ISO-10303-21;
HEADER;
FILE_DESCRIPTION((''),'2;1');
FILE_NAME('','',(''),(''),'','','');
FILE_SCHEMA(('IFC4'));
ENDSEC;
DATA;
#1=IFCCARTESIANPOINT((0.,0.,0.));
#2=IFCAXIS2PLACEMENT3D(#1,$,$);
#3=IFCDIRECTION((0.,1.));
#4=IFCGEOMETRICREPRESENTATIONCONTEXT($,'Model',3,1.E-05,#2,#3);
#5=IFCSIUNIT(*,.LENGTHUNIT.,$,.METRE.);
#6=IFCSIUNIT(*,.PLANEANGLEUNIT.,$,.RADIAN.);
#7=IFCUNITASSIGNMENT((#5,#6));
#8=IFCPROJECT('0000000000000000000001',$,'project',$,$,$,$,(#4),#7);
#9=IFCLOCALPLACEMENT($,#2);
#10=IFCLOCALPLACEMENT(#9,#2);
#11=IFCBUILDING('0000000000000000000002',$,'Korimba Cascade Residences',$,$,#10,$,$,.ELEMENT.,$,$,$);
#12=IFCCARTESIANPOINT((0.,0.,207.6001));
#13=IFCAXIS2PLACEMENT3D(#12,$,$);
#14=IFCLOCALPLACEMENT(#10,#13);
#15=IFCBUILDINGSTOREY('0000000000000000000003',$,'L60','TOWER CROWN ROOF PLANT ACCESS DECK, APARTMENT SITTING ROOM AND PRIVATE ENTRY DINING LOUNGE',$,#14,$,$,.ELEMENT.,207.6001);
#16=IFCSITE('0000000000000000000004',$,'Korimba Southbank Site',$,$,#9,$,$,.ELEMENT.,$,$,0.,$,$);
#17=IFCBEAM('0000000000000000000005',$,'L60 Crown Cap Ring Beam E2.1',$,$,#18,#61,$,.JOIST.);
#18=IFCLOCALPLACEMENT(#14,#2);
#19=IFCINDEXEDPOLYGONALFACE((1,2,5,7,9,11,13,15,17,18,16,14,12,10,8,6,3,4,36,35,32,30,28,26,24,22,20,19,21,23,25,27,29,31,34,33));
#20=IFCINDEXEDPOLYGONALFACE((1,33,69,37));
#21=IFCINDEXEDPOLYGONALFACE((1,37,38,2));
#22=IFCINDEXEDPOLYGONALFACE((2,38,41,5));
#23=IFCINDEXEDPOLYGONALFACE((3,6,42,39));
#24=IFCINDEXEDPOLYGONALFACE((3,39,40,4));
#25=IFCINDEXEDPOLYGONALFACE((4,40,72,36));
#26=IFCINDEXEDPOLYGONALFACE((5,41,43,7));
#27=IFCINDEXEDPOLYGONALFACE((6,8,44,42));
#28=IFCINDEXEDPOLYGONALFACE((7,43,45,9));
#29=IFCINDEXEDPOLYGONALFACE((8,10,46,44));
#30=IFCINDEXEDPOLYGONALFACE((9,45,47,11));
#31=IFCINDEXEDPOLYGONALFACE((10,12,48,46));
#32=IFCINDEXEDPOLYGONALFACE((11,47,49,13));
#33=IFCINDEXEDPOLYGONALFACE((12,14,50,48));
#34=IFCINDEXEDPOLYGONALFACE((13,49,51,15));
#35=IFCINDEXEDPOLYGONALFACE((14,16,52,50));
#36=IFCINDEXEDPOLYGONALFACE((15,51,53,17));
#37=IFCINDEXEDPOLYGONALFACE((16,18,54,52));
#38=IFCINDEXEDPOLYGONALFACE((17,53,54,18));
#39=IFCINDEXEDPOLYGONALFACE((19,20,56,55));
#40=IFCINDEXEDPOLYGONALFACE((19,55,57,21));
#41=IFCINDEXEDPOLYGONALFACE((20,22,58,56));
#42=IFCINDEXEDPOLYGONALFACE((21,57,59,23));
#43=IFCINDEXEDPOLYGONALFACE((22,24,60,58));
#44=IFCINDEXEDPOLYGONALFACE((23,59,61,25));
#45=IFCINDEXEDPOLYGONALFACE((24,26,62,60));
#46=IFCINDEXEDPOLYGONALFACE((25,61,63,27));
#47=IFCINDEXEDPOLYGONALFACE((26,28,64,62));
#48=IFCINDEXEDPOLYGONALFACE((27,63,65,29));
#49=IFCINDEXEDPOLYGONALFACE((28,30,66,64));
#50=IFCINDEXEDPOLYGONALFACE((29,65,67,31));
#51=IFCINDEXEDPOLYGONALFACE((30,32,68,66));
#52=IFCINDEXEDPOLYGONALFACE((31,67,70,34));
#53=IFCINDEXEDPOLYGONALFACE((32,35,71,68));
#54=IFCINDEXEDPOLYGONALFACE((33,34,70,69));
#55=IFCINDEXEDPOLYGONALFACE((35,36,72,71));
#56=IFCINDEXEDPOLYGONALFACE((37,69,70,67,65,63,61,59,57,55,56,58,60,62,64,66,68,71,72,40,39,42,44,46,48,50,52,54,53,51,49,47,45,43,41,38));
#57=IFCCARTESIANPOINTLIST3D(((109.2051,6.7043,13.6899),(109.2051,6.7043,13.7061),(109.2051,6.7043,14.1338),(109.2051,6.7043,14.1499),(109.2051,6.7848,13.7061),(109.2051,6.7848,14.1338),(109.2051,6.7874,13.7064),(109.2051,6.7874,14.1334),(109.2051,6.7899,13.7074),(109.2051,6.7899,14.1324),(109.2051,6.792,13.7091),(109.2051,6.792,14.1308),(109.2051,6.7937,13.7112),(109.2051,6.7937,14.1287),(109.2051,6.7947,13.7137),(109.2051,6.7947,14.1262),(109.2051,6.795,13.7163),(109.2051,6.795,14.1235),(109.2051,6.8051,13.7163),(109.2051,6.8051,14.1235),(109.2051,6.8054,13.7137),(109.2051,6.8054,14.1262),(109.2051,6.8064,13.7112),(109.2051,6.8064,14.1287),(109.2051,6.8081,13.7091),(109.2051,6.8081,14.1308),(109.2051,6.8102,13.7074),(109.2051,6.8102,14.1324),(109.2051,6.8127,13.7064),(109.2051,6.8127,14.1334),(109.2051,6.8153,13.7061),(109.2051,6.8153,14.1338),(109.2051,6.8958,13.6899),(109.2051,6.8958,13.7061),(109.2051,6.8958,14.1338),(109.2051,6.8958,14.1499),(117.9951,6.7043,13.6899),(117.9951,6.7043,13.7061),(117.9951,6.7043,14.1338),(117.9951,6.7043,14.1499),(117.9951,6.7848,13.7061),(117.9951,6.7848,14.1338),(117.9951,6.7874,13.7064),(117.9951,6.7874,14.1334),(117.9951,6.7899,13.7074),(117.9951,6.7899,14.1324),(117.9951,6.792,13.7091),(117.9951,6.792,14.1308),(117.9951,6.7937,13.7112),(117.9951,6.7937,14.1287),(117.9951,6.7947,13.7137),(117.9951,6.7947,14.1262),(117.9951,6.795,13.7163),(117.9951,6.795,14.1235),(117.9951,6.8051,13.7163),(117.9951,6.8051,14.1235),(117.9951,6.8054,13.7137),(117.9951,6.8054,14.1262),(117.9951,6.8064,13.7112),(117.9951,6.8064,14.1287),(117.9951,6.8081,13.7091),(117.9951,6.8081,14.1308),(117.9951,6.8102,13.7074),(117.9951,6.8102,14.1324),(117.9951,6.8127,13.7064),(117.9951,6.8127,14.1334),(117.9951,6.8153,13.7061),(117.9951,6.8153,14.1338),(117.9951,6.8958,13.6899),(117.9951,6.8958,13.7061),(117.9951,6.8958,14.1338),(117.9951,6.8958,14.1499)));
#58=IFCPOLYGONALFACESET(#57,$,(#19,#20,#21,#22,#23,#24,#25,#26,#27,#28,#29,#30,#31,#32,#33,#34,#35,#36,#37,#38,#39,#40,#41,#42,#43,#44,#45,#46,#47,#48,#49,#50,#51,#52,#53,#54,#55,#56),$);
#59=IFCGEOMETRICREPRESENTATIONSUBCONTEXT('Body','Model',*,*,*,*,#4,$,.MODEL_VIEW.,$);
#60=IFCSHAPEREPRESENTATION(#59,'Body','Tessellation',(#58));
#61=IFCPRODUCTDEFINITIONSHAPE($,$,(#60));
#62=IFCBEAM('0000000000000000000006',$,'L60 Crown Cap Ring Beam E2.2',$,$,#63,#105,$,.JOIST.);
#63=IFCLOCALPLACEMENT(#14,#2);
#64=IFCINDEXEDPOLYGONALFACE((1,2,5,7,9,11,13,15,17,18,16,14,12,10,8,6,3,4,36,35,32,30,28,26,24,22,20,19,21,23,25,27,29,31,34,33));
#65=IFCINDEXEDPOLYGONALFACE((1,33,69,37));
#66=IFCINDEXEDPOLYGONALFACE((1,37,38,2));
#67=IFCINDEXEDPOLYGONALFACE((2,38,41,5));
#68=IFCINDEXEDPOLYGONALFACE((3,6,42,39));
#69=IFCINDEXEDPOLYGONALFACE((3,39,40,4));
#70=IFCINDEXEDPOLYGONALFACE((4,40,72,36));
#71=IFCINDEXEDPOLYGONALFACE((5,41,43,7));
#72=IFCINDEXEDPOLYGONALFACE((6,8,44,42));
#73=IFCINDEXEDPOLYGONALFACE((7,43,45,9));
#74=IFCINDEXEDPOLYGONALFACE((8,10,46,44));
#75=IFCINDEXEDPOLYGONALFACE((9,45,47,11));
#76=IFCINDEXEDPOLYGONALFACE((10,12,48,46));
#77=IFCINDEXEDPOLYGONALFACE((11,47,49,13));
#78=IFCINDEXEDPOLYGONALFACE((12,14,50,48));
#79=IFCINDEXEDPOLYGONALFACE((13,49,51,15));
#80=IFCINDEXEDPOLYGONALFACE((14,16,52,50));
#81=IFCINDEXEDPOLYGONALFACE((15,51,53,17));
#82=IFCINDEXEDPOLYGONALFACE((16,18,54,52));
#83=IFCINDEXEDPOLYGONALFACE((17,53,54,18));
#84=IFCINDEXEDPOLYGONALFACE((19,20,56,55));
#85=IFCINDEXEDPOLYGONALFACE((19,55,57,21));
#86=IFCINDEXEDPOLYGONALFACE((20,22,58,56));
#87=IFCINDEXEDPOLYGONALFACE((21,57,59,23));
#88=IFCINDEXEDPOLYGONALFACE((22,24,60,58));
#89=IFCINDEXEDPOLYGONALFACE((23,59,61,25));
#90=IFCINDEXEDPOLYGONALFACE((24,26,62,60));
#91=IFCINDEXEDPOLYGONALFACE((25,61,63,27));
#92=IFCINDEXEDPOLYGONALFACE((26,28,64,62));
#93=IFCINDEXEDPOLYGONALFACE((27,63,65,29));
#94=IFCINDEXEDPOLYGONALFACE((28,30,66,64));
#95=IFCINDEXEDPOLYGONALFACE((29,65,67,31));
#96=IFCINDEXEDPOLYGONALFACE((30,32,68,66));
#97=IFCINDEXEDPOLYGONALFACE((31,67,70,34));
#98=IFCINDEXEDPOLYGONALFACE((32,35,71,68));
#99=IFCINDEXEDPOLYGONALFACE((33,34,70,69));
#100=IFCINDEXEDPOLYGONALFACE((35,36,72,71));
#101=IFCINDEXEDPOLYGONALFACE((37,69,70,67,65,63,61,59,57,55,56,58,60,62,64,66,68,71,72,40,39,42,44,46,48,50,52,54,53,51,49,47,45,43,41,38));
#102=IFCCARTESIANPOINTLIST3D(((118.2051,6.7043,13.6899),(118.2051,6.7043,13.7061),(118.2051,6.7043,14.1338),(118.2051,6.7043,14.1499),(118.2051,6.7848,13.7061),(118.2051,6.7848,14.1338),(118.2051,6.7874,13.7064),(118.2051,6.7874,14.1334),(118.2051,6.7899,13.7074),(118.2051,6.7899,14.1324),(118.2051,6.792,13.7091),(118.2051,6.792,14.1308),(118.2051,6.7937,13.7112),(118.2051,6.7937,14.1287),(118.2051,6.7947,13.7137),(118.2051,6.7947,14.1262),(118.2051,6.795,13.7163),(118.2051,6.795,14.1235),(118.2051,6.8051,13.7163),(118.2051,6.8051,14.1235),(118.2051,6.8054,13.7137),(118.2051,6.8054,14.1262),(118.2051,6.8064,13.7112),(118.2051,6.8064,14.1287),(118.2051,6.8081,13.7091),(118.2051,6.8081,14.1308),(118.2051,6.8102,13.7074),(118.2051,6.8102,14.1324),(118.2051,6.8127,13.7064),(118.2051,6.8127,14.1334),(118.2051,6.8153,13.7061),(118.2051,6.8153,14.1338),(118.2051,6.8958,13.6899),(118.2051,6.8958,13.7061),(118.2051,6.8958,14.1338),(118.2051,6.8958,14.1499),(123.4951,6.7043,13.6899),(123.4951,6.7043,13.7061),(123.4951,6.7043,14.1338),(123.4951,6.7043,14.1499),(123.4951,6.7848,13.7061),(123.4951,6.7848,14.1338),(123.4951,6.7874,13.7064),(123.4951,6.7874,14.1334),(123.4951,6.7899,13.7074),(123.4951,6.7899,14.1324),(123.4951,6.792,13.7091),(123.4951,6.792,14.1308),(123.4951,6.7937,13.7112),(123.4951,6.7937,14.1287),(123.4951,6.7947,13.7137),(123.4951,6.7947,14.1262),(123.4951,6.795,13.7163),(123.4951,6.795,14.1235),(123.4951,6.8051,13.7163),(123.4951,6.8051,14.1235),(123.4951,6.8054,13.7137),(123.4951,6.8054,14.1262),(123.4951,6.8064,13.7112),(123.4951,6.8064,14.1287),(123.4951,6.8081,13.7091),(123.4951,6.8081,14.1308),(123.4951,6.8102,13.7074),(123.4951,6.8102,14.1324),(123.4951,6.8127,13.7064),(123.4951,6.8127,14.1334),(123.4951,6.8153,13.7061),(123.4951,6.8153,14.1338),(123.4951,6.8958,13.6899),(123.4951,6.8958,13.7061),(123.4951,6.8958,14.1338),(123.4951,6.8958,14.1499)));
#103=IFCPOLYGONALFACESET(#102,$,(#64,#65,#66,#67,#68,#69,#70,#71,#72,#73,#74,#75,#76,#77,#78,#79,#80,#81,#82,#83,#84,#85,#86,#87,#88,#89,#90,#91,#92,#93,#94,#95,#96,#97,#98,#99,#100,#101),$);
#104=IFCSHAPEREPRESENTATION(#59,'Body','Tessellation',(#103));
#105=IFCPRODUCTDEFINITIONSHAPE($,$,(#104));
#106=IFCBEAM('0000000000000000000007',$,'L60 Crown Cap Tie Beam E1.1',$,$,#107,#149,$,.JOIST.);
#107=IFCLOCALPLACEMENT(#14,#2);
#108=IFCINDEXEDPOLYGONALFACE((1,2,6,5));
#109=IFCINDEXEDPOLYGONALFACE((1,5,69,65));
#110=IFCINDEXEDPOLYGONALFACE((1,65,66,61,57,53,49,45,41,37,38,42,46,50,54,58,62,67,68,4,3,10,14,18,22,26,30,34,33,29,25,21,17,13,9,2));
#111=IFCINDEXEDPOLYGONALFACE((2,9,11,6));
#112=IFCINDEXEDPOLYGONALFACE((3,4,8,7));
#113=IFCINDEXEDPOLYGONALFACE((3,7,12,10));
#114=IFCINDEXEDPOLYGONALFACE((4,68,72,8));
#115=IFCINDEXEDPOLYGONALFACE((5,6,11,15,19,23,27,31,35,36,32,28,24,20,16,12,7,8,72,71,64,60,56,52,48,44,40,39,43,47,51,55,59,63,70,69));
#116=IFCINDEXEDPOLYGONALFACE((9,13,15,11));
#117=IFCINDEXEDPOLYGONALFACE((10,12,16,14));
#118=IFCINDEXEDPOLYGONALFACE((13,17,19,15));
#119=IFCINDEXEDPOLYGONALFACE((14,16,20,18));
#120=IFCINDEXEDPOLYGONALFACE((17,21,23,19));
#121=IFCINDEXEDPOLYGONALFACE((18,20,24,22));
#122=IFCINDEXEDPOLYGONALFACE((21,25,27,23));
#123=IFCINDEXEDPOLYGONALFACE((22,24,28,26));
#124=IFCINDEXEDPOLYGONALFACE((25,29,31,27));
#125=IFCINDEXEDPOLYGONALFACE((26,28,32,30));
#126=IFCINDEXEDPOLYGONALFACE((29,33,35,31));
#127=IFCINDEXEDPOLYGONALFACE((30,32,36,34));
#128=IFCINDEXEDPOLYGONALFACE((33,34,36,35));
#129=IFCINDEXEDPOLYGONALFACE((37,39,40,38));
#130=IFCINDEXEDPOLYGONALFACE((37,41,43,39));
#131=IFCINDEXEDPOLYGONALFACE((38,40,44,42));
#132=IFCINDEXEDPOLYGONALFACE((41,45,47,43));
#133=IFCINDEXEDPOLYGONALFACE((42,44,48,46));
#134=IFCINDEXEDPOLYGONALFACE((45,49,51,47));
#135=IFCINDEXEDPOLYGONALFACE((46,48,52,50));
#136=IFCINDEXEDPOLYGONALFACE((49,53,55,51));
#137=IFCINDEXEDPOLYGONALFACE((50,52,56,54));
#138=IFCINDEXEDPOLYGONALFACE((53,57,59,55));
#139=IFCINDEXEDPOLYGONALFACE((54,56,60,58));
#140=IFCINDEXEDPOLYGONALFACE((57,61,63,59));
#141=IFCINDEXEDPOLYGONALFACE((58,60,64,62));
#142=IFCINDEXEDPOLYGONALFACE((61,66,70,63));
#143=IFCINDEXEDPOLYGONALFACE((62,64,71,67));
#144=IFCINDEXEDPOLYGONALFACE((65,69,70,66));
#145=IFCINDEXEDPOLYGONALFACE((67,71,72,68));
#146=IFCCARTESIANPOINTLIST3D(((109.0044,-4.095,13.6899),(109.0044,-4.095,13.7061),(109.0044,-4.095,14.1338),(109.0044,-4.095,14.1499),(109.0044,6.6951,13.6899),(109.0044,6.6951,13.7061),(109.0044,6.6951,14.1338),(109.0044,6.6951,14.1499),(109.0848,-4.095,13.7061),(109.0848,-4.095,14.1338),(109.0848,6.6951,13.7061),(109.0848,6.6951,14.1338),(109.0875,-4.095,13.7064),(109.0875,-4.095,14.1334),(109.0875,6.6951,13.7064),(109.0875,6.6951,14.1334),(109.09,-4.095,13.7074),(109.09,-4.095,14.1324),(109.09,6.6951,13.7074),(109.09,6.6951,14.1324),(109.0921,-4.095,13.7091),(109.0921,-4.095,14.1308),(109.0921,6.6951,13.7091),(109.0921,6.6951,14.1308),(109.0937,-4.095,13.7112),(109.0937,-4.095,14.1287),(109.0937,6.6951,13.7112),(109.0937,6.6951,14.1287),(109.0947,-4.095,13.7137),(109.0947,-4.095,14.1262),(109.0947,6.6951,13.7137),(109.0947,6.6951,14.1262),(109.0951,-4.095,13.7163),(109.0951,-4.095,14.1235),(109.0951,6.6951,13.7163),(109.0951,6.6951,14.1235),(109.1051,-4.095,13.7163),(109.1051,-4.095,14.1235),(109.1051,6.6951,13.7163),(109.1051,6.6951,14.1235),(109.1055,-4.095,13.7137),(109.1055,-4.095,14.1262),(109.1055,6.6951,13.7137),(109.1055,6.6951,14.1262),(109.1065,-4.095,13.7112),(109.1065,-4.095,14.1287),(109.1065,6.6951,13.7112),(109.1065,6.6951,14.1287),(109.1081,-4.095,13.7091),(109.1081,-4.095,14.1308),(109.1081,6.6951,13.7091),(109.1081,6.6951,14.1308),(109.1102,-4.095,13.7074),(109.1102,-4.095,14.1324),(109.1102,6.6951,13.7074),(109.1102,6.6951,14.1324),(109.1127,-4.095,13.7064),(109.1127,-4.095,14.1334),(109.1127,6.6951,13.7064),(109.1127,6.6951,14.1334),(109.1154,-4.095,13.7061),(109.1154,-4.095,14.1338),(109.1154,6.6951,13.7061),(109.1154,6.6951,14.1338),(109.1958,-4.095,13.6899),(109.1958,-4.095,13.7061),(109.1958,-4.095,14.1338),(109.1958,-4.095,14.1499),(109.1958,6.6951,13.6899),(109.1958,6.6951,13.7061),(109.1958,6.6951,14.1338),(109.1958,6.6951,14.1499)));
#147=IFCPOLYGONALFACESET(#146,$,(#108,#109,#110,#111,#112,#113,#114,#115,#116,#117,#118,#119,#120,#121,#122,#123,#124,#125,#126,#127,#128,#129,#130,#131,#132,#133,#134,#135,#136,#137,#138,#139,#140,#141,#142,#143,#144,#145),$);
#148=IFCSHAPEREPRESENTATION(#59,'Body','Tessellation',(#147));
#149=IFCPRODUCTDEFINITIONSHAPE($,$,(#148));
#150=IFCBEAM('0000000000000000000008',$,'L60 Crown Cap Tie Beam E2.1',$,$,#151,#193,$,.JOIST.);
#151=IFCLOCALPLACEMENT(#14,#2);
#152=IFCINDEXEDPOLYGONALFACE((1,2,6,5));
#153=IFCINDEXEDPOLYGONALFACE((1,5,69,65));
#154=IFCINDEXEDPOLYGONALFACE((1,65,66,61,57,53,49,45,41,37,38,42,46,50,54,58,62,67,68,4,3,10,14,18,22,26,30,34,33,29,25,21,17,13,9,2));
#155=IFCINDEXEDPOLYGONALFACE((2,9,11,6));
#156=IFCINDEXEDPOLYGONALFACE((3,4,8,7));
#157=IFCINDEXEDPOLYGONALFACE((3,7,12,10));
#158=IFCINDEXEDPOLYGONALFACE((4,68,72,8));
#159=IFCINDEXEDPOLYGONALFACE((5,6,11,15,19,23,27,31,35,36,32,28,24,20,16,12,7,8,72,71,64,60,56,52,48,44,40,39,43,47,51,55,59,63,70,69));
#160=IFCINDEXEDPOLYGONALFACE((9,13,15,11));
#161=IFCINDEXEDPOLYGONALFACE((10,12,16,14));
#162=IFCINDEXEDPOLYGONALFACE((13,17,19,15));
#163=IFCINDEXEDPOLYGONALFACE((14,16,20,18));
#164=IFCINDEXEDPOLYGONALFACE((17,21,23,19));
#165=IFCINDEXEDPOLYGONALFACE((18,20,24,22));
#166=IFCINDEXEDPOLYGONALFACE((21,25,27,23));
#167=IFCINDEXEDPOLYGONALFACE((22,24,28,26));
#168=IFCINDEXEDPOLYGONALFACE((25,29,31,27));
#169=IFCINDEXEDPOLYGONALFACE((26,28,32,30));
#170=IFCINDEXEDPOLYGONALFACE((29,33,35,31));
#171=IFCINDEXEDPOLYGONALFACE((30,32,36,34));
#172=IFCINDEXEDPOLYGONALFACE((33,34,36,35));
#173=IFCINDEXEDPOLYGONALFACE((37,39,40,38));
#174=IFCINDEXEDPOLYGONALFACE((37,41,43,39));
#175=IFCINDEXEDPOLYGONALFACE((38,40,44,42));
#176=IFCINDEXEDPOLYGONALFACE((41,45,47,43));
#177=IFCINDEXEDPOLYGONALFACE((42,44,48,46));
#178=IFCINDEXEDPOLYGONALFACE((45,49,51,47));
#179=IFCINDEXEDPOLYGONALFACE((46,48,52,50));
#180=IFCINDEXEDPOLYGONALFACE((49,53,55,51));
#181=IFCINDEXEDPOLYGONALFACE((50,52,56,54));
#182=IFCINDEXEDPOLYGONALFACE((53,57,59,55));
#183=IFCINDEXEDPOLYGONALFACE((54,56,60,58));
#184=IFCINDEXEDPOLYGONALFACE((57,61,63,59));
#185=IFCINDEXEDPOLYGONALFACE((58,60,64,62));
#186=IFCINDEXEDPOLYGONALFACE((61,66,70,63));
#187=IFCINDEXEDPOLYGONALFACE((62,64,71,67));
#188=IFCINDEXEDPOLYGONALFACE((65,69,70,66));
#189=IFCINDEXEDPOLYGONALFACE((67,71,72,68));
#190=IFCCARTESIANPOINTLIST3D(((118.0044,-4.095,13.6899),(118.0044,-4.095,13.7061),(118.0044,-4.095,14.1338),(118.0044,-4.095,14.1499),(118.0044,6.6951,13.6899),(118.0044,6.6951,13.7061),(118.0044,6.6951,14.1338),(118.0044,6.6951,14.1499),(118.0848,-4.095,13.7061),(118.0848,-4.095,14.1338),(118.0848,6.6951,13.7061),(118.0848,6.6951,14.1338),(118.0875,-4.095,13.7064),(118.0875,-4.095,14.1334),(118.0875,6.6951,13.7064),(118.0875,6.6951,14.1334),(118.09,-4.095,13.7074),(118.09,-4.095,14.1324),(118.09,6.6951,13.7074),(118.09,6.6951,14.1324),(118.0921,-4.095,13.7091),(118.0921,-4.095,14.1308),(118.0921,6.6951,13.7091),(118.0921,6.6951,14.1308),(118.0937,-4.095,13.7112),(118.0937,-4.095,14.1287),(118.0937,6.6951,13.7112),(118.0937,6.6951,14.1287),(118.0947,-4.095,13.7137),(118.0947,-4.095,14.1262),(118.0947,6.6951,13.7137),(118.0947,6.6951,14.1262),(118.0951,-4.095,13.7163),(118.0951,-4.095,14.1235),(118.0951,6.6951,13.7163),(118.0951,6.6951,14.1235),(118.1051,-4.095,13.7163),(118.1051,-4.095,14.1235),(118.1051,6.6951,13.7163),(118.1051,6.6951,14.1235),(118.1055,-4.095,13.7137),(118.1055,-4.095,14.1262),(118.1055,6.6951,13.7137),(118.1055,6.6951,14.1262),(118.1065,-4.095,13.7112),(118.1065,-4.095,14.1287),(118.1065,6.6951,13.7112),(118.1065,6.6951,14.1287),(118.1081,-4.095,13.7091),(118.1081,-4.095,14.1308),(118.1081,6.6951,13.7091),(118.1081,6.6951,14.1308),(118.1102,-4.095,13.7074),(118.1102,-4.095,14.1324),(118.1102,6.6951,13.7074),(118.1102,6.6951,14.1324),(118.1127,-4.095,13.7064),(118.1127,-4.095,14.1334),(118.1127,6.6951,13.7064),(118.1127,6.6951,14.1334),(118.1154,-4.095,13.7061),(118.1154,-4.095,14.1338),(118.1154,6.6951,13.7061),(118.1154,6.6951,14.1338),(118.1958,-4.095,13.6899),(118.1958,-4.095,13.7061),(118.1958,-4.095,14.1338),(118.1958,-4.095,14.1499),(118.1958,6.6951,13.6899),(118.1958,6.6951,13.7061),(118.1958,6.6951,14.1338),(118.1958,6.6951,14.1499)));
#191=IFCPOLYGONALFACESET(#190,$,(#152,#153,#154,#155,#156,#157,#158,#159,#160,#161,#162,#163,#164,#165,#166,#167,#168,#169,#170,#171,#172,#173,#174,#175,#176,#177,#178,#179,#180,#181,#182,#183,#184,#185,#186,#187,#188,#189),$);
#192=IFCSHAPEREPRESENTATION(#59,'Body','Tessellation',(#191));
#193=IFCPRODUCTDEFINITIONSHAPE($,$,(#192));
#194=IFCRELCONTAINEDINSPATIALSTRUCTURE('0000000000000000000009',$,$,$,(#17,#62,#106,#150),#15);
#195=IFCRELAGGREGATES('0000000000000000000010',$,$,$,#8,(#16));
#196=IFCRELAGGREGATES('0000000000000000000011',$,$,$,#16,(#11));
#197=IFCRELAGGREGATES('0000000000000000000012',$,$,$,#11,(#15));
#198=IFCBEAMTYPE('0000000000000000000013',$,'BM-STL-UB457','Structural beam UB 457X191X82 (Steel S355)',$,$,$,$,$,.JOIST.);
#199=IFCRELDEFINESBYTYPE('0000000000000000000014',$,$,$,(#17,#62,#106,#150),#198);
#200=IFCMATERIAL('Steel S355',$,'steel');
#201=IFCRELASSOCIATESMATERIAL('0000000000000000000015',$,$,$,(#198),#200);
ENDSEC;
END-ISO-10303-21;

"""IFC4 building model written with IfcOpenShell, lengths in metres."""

from ifc_helpers import new_model, si_unit, direction, frame, origin, origin_2d, place, context, subcontext, project, spatial, i_section, extrude, material, material_profile, profile_set, type_object, element, save


model = new_model("IFC4")

# Units and contexts
model_context = context("Model", 3, precision=1e-05, world=origin(), true_north=direction((0.0, 1.0)))
body_context = subcontext(model_context, "Body", "Model", "MODEL_VIEW")
ifc_project = project(units=[si_unit("LENGTHUNIT", "METRE"), si_unit("PLANEANGLEUNIT", "RADIAN")], contexts=[model_context])

# Site, building, storey
site_placement = place(None, origin())
site = spatial("IfcSite", under=ifc_project, at=site_placement, Name="Korimba Southbank Site", CompositionType="ELEMENT", RefElevation=0.0)
building_placement = place(site_placement, origin())
building = spatial("IfcBuilding", under=site, at=building_placement, Name="Korimba Cascade Residences", CompositionType="ELEMENT")
storey_placement = place(building_placement, frame((0.0, 0.0, 207.6001)))
storey = spatial("IfcBuildingStorey", under=building, at=storey_placement, Name="L60", Description="TOWER CROWN ROOF PLANT ACCESS DECK, APARTMENT SITTING ROOM AND PRIVATE ENTRY DINING LOUNGE", CompositionType="ELEMENT", Elevation=207.6001)

# Shared definitions
ifc_material_1 = material(Name="Steel S355", Category="steel")

# Beams
ifc_material_profile_1 = material_profile(ifc_material_1, i_section(OverallWidth=0.1914, OverallDepth=0.46, WebThickness=0.01, FlangeThickness=0.0161, FilletRadius=0.0103, at=origin_2d()), Name="Steel S355")
ifc_profile_set_1 = profile_set([ifc_material_profile_1], Name="Steel S355")
beam_type_1 = type_object("IfcBeamType", Name="BM-STL-UB457", Description="Structural beam UB 457X191X82 (Steel S355)", PredefinedType="JOIST", material=ifc_profile_set_1)
beam_1_placement = place(storey_placement, frame((109.2051, 6.8, 13.9199), z_axis=(1.0, 0.0, 0.0), x_axis=(0.0, 1.0, 0.0)))
element("IfcBeam", 1, at=beam_1_placement, inside=storey, type_object=beam_type_1, Name="L60 Crown Cap Ring Beam E2.1", PredefinedType="JOIST", context=body_context, shape_type="SweptSolid", body=[
    extrude(i_section(OverallWidth=0.1914, OverallDepth=0.46, WebThickness=0.01, FlangeThickness=0.0161, FilletRadius=0.0103, at=origin_2d()), origin(), (0.0, 0.0, 1.0), 8.79),
])
beam_2_placement = place(storey_placement, frame((118.2051, 6.8, 13.9199), z_axis=(1.0, 0.0, 0.0), x_axis=(0.0, 1.0, 0.0)))
element("IfcBeam", 2, at=beam_2_placement, inside=storey, type_object=beam_type_1, Name="L60 Crown Cap Ring Beam E2.2", PredefinedType="JOIST", context=body_context, shape_type="SweptSolid", body=[
    extrude(i_section(OverallWidth=0.1914, OverallDepth=0.46, WebThickness=0.01, FlangeThickness=0.0161, FilletRadius=0.0103, at=origin_2d()), origin(), (0.0, 0.0, 1.0), 5.29),
])
for number, where, z_axis, x_axis, name in (
    (3, (109.1001, -4.095, 13.9199), (0.0, 1.0, 0.0), (-1.0, 0.0, 0.0), "L60 Crown Cap Tie Beam E1.1"),
    (4, (118.1001, -4.095, 13.9199), (0.0, 1.0, 0.0), (-1.0, 0.0, 0.0), "L60 Crown Cap Tie Beam E2.1"),
):
    element("IfcBeam", number, at=place(storey_placement, frame(where, z_axis=z_axis, x_axis=x_axis)), inside=storey, type_object=beam_type_1, Name=name, PredefinedType="JOIST", context=body_context, shape_type="SweptSolid", body=[
        extrude(i_section(OverallWidth=0.1914, OverallDepth=0.46, WebThickness=0.01, FlangeThickness=0.0161, FilletRadius=0.0103, at=origin_2d()), origin(), (0.0, 0.0, 1.0), 10.79),
    ])

save(model, "model.ifc")
